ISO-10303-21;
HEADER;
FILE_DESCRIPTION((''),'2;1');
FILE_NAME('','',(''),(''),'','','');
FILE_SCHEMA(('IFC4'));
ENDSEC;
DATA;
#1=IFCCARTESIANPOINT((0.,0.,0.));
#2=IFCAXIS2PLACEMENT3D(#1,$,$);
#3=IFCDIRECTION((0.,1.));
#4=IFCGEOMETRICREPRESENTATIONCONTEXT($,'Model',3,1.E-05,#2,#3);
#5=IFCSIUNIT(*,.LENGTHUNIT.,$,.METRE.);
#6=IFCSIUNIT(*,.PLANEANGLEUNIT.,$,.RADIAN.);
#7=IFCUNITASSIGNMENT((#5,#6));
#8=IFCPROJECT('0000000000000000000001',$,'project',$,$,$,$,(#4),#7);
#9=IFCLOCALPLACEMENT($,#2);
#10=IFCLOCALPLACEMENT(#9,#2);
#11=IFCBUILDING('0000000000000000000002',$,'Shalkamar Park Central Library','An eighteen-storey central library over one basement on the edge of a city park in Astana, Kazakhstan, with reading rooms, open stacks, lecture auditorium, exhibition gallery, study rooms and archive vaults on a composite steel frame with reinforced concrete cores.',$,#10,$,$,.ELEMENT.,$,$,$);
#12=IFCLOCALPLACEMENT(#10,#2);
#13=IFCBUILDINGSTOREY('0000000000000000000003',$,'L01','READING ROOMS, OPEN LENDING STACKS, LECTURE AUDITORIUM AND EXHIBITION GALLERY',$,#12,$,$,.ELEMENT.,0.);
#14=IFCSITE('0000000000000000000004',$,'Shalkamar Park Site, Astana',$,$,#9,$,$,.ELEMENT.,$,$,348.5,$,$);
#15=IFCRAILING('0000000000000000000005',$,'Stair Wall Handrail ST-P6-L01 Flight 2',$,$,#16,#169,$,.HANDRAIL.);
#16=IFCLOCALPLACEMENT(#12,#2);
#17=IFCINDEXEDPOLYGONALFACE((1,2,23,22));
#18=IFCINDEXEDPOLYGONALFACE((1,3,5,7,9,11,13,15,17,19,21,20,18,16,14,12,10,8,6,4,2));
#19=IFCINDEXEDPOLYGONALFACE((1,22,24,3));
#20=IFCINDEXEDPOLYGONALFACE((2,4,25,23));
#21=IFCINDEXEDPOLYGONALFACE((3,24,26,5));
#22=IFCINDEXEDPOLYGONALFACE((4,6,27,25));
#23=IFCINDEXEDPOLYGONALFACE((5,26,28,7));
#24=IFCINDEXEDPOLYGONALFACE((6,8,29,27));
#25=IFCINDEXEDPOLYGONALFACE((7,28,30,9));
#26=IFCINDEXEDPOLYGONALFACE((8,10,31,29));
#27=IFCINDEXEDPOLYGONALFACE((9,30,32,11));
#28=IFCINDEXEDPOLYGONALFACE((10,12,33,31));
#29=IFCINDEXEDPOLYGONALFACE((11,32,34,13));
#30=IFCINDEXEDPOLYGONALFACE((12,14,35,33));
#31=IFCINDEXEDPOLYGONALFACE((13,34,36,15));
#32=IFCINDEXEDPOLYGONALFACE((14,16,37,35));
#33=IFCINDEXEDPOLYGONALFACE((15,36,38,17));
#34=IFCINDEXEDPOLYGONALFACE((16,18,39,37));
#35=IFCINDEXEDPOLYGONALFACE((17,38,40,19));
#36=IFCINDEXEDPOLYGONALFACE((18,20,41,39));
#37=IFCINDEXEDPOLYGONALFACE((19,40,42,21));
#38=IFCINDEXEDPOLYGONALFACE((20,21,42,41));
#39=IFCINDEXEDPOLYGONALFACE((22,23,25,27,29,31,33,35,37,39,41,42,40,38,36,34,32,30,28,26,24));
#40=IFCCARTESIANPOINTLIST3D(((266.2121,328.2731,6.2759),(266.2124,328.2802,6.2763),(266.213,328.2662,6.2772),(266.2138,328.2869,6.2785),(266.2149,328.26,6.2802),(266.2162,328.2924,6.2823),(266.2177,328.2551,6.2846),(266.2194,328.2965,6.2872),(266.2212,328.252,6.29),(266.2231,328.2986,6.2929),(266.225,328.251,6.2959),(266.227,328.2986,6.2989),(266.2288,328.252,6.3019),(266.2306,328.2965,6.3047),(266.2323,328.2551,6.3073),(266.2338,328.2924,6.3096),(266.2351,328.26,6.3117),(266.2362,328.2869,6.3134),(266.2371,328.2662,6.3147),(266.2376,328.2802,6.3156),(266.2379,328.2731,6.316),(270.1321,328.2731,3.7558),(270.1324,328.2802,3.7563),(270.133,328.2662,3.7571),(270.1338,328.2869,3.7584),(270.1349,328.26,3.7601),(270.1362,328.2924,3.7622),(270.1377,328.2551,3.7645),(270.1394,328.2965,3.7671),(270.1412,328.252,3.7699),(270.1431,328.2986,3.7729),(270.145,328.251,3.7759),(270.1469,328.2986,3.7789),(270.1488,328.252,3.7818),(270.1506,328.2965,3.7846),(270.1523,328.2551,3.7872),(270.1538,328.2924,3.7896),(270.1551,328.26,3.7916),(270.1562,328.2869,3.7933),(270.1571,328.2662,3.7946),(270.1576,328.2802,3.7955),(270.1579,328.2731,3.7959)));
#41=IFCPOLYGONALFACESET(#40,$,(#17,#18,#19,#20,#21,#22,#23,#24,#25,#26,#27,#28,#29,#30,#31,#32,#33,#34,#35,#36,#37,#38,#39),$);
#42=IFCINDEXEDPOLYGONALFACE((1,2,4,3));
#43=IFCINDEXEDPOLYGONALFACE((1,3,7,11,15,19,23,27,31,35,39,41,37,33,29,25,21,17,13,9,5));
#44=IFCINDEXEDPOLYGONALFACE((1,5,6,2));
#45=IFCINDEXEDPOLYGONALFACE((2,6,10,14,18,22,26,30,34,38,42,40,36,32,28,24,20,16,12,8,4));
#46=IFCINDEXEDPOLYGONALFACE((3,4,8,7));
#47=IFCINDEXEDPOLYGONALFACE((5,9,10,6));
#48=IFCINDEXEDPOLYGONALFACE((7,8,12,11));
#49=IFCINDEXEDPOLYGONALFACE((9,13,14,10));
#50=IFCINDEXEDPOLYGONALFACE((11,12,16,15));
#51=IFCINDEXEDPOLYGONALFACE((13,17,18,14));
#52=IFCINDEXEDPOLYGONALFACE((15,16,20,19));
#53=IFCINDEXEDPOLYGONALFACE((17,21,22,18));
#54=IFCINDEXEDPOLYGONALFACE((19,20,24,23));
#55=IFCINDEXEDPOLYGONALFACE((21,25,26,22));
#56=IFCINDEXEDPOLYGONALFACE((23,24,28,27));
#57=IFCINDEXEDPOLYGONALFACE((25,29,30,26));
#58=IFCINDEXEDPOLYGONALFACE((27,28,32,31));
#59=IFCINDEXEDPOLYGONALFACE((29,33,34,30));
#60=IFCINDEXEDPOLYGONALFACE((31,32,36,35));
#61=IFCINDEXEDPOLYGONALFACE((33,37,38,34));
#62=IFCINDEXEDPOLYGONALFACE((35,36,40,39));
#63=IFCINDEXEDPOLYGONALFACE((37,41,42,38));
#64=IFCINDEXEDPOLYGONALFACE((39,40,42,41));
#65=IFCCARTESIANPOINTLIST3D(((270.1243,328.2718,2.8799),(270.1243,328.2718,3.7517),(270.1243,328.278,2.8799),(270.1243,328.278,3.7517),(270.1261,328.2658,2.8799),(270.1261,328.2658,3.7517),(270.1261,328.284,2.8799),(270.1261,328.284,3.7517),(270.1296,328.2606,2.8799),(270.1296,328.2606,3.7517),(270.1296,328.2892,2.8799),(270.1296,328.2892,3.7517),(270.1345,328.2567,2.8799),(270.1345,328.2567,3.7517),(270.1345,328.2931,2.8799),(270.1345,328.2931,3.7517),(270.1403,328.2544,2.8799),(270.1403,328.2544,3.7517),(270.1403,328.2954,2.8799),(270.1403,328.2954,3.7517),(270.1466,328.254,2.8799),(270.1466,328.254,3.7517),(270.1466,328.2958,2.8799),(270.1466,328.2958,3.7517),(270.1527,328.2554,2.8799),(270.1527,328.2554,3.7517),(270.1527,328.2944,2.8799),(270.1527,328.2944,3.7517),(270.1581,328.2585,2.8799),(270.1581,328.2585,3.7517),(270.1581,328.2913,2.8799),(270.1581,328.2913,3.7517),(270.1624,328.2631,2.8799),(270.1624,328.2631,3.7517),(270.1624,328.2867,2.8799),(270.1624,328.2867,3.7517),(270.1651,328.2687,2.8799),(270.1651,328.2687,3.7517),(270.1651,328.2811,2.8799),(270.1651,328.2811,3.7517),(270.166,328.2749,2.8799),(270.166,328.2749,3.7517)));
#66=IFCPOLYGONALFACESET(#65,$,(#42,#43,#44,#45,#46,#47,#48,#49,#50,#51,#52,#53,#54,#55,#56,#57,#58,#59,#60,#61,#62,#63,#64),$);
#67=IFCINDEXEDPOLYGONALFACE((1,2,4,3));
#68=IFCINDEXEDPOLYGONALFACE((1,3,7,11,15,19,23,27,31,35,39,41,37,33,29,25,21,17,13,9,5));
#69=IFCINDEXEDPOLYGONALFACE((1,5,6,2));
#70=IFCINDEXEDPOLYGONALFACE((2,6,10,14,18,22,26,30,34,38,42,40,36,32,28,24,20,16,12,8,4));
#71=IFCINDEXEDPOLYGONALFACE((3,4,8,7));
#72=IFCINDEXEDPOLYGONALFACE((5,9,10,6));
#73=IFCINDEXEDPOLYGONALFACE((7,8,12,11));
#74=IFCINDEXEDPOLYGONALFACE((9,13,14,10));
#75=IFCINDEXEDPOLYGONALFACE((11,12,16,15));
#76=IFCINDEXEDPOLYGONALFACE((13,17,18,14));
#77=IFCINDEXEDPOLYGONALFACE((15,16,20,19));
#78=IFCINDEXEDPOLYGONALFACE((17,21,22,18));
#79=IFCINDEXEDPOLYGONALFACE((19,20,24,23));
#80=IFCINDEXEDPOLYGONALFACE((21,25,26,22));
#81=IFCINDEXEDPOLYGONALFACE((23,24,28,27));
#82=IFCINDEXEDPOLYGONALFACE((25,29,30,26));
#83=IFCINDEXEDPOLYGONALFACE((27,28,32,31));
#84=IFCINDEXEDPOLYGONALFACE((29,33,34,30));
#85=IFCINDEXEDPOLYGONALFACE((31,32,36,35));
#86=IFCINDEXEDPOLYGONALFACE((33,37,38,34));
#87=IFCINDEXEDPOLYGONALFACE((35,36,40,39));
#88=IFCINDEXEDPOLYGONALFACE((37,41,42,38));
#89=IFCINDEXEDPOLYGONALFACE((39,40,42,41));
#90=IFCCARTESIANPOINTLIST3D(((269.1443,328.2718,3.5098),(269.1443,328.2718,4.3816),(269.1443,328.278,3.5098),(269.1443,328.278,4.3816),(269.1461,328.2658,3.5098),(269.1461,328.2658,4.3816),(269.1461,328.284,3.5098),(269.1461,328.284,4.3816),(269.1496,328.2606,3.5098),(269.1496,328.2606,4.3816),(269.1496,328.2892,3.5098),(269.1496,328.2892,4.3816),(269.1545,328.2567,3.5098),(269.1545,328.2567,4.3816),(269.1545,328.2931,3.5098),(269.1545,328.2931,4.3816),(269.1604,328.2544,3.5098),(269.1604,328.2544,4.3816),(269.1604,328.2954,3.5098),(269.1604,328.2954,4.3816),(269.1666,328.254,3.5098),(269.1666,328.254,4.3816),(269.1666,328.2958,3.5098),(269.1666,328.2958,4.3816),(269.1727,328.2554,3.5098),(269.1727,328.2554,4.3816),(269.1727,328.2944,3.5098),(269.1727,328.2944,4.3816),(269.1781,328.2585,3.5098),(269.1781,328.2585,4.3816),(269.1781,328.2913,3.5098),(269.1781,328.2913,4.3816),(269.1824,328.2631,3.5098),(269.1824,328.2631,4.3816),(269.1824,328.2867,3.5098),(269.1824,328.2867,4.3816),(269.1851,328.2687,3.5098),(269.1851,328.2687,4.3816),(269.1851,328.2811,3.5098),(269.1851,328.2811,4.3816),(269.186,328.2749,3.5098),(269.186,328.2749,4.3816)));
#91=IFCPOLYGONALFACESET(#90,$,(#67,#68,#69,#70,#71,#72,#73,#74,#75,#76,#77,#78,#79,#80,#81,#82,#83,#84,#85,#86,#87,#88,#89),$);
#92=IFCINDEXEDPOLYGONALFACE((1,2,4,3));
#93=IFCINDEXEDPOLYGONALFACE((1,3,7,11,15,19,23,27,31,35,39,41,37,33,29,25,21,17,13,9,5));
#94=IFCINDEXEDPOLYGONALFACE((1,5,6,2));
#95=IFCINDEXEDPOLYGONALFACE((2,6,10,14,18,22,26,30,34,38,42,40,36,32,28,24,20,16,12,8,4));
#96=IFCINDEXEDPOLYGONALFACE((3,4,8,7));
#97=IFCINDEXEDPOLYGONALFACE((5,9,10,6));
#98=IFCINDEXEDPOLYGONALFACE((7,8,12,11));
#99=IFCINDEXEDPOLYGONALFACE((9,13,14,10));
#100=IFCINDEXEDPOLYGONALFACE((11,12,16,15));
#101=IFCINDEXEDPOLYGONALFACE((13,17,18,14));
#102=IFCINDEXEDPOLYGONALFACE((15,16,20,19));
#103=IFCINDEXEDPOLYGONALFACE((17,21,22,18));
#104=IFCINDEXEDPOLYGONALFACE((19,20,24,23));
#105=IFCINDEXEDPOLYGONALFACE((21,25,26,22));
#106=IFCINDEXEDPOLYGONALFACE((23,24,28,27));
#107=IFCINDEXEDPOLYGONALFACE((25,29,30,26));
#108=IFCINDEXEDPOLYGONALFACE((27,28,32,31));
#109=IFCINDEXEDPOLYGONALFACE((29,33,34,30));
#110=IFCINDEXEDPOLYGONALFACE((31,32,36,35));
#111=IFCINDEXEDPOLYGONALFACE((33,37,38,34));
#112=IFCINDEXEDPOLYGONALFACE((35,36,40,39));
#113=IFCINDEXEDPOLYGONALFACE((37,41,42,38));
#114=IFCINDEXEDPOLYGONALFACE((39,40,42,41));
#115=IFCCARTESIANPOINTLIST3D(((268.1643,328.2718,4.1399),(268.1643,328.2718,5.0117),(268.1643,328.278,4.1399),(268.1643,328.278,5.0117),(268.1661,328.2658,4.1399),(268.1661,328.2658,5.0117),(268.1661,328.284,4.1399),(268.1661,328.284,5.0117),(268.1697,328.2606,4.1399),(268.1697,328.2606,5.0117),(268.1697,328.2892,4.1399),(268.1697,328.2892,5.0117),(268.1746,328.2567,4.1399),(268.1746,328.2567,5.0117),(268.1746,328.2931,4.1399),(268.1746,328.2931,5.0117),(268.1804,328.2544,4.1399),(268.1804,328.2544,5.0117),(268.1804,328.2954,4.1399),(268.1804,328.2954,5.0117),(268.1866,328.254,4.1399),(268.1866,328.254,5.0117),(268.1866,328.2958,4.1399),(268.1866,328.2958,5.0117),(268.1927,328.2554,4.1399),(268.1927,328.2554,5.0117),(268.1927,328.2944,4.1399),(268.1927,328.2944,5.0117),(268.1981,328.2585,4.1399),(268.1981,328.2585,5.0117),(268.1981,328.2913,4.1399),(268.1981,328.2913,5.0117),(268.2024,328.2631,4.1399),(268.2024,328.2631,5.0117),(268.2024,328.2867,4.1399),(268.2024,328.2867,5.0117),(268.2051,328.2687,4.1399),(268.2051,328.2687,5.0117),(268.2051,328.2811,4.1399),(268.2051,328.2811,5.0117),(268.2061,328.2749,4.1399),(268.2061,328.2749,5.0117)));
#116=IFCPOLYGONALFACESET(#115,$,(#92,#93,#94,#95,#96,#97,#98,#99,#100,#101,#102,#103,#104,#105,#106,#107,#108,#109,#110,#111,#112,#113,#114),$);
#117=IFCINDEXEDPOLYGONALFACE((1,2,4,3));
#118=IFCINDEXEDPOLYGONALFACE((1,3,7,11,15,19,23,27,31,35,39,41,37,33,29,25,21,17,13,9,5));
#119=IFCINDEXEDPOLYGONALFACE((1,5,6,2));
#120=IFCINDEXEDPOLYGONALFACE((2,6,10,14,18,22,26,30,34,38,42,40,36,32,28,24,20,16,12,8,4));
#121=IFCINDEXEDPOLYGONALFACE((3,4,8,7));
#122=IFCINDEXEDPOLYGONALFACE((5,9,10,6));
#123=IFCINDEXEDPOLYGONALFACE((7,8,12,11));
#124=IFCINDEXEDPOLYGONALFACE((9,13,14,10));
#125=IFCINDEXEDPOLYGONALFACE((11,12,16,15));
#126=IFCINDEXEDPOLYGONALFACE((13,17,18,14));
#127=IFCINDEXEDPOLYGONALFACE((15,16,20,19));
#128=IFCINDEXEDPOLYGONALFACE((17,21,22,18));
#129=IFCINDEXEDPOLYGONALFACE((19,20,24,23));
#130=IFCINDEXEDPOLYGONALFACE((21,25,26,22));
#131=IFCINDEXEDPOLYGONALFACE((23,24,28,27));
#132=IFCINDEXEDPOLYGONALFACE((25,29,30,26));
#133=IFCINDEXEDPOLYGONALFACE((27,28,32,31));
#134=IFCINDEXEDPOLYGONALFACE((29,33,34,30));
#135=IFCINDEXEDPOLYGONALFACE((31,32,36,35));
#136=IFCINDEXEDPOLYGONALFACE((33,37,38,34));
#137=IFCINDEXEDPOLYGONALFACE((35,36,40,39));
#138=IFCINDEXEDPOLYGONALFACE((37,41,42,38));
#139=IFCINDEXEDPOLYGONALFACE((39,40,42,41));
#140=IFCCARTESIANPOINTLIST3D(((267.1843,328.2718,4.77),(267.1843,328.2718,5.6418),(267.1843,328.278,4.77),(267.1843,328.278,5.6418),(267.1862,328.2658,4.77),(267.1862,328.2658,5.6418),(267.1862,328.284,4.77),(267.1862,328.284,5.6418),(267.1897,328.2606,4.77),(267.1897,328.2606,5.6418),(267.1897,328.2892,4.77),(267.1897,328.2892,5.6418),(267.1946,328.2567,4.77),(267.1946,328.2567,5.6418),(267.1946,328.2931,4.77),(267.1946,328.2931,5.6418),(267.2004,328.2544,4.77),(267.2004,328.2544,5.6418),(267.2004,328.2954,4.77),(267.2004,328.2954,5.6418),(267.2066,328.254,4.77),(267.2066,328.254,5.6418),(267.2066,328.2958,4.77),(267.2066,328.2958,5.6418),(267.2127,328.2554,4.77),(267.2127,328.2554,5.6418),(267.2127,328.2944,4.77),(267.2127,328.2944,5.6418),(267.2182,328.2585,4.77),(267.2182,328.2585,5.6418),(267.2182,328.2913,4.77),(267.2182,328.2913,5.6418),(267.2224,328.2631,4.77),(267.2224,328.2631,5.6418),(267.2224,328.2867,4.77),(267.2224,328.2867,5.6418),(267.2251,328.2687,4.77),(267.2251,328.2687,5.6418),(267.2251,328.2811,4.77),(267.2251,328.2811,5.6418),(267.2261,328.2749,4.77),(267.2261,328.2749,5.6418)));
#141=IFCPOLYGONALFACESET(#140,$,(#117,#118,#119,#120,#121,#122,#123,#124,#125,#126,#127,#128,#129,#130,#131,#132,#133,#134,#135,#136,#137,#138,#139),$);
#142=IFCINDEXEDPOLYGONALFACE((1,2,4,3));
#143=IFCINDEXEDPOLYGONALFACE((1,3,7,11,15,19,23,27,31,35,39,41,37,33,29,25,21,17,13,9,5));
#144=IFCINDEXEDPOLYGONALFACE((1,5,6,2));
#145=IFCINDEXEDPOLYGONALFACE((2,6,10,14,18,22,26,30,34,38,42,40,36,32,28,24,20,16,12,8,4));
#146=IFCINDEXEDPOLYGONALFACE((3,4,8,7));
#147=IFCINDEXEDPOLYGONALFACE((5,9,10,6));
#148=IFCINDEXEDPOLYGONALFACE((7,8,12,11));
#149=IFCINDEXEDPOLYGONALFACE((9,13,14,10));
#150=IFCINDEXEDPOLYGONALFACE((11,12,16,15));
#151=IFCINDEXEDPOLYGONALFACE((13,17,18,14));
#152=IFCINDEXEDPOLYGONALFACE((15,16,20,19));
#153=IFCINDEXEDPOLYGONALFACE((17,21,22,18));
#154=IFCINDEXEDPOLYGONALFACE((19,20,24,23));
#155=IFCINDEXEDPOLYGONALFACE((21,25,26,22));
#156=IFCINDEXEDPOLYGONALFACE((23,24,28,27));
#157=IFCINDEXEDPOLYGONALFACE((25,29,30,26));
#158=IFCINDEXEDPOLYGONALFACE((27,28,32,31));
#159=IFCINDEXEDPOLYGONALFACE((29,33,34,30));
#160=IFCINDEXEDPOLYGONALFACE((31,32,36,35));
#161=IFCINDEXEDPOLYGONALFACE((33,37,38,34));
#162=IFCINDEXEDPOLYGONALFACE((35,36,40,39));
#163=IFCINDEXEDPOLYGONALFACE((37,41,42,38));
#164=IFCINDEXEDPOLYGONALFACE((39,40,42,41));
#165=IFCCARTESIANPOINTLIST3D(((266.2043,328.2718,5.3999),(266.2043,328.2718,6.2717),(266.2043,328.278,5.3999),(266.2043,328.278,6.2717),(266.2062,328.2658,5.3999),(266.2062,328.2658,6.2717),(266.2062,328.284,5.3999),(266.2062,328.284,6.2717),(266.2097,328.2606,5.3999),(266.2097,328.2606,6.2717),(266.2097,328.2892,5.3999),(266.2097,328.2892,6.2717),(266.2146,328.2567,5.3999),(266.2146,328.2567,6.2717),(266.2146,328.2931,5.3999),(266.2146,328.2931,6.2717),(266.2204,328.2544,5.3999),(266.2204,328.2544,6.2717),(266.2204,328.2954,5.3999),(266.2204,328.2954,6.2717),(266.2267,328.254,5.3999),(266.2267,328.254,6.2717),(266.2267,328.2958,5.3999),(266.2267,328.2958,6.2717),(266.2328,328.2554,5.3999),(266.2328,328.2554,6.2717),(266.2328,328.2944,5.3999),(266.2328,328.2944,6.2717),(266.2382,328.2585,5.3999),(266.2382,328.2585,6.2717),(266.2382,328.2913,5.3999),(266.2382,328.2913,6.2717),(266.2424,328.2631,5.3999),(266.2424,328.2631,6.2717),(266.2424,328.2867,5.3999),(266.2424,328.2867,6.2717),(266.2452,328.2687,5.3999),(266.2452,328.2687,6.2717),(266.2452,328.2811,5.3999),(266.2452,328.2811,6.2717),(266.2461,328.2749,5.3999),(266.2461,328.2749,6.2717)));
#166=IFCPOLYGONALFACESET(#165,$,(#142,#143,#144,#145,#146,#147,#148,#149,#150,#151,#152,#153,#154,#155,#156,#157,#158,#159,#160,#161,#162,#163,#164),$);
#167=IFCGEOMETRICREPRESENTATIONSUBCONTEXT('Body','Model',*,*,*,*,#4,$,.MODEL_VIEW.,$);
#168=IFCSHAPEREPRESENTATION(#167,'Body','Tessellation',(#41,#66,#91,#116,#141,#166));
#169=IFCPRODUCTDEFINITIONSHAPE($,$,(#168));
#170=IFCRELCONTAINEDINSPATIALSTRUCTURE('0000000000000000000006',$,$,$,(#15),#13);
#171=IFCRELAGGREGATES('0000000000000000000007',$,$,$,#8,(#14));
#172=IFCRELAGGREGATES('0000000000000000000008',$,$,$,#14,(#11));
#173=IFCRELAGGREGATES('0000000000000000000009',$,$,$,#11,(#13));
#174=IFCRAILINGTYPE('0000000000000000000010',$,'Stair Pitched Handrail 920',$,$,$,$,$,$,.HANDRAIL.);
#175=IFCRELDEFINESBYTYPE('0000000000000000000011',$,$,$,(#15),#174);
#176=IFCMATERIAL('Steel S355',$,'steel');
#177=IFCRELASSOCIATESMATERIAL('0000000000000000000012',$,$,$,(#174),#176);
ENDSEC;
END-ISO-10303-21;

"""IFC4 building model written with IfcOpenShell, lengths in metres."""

from ifc_helpers import new_model, si_unit, direction, frame, origin, origin_2d, place, context, subcontext, project, spatial, circle, extrude, material, type_object, element, save


model = new_model("IFC4")

# Units and contexts
model_context = context("Model", 3, precision=1e-05, world=origin(), true_north=direction((0.0, 1.0)))
body_context = subcontext(model_context, "Body", "Model", "MODEL_VIEW")
ifc_project = project(units=[si_unit("LENGTHUNIT", "METRE"), si_unit("PLANEANGLEUNIT", "RADIAN")], contexts=[model_context])

# Site, building, storey
site_placement = place(None, origin())
site = spatial("IfcSite", under=ifc_project, at=site_placement, Name="Shalkamar Park Site, Astana", CompositionType="ELEMENT", RefElevation=348.5)
building_placement = place(site_placement, origin())
building = spatial("IfcBuilding", under=site, at=building_placement, Name="Shalkamar Park Central Library", Description="An eighteen-storey central library over one basement on the edge of a city park in Astana, Kazakhstan, with reading rooms, open stacks, lecture auditorium, exhibition gallery, study rooms and archive vaults on a composite steel frame with reinforced concrete cores.", CompositionType="ELEMENT")
storey_placement = place(building_placement, origin())
storey = spatial("IfcBuildingStorey", under=building, at=storey_placement, Name="L01", Description="READING ROOMS, OPEN LENDING STACKS, LECTURE AUDITORIUM AND EXHIBITION GALLERY", CompositionType="ELEMENT", Elevation=0.0)

# Shared definitions
ifc_material_1 = material(Name="Steel S355", Category="steel")

# Railing
railing_type = type_object("IfcRailingType", Name="Stair Pitched Handrail 920", PredefinedType="HANDRAIL", material=ifc_material_1)
railing_placement = place(storey_placement, frame((270.145, 328.2749, 2.8799)))
element("IfcRailing", 1, at=railing_placement, inside=storey, type_object=railing_type, Name="Stair Wall Handrail ST-P6-L01 Flight 2", PredefinedType="HANDRAIL", context=body_context, shape_type="SweptSolid", body=[
    extrude(circle(Radius=0.0239, at=origin_2d()), frame((0.0, 0.0, 0.896), z_axis=(-0.841172, 0.0, 0.540768), x_axis=(0.0, -1.0, 0.0)), (0.0, 0.0, 1.0), 4.6602),
    extrude(circle(Radius=0.021, at=origin_2d()), origin(), (0.0, 0.0, 1.0), 0.8718),
    extrude(circle(Radius=0.021, at=origin_2d()), frame((-0.98, 0.0, 0.6299)), (0.0, 0.0, 1.0), 0.8718),
    extrude(circle(Radius=0.021, at=origin_2d()), frame((-1.96, 0.0, 1.26)), (0.0, 0.0, 1.0), 0.8718),
    extrude(circle(Radius=0.021, at=origin_2d()), frame((-2.9399, 0.0, 1.8901)), (0.0, 0.0, 1.0), 0.8718),
    extrude(circle(Radius=0.021, at=origin_2d()), frame((-3.9199, 0.0, 2.52)), (0.0, 0.0, 1.0), 0.8718),
])

save(model, "model.ifc")
